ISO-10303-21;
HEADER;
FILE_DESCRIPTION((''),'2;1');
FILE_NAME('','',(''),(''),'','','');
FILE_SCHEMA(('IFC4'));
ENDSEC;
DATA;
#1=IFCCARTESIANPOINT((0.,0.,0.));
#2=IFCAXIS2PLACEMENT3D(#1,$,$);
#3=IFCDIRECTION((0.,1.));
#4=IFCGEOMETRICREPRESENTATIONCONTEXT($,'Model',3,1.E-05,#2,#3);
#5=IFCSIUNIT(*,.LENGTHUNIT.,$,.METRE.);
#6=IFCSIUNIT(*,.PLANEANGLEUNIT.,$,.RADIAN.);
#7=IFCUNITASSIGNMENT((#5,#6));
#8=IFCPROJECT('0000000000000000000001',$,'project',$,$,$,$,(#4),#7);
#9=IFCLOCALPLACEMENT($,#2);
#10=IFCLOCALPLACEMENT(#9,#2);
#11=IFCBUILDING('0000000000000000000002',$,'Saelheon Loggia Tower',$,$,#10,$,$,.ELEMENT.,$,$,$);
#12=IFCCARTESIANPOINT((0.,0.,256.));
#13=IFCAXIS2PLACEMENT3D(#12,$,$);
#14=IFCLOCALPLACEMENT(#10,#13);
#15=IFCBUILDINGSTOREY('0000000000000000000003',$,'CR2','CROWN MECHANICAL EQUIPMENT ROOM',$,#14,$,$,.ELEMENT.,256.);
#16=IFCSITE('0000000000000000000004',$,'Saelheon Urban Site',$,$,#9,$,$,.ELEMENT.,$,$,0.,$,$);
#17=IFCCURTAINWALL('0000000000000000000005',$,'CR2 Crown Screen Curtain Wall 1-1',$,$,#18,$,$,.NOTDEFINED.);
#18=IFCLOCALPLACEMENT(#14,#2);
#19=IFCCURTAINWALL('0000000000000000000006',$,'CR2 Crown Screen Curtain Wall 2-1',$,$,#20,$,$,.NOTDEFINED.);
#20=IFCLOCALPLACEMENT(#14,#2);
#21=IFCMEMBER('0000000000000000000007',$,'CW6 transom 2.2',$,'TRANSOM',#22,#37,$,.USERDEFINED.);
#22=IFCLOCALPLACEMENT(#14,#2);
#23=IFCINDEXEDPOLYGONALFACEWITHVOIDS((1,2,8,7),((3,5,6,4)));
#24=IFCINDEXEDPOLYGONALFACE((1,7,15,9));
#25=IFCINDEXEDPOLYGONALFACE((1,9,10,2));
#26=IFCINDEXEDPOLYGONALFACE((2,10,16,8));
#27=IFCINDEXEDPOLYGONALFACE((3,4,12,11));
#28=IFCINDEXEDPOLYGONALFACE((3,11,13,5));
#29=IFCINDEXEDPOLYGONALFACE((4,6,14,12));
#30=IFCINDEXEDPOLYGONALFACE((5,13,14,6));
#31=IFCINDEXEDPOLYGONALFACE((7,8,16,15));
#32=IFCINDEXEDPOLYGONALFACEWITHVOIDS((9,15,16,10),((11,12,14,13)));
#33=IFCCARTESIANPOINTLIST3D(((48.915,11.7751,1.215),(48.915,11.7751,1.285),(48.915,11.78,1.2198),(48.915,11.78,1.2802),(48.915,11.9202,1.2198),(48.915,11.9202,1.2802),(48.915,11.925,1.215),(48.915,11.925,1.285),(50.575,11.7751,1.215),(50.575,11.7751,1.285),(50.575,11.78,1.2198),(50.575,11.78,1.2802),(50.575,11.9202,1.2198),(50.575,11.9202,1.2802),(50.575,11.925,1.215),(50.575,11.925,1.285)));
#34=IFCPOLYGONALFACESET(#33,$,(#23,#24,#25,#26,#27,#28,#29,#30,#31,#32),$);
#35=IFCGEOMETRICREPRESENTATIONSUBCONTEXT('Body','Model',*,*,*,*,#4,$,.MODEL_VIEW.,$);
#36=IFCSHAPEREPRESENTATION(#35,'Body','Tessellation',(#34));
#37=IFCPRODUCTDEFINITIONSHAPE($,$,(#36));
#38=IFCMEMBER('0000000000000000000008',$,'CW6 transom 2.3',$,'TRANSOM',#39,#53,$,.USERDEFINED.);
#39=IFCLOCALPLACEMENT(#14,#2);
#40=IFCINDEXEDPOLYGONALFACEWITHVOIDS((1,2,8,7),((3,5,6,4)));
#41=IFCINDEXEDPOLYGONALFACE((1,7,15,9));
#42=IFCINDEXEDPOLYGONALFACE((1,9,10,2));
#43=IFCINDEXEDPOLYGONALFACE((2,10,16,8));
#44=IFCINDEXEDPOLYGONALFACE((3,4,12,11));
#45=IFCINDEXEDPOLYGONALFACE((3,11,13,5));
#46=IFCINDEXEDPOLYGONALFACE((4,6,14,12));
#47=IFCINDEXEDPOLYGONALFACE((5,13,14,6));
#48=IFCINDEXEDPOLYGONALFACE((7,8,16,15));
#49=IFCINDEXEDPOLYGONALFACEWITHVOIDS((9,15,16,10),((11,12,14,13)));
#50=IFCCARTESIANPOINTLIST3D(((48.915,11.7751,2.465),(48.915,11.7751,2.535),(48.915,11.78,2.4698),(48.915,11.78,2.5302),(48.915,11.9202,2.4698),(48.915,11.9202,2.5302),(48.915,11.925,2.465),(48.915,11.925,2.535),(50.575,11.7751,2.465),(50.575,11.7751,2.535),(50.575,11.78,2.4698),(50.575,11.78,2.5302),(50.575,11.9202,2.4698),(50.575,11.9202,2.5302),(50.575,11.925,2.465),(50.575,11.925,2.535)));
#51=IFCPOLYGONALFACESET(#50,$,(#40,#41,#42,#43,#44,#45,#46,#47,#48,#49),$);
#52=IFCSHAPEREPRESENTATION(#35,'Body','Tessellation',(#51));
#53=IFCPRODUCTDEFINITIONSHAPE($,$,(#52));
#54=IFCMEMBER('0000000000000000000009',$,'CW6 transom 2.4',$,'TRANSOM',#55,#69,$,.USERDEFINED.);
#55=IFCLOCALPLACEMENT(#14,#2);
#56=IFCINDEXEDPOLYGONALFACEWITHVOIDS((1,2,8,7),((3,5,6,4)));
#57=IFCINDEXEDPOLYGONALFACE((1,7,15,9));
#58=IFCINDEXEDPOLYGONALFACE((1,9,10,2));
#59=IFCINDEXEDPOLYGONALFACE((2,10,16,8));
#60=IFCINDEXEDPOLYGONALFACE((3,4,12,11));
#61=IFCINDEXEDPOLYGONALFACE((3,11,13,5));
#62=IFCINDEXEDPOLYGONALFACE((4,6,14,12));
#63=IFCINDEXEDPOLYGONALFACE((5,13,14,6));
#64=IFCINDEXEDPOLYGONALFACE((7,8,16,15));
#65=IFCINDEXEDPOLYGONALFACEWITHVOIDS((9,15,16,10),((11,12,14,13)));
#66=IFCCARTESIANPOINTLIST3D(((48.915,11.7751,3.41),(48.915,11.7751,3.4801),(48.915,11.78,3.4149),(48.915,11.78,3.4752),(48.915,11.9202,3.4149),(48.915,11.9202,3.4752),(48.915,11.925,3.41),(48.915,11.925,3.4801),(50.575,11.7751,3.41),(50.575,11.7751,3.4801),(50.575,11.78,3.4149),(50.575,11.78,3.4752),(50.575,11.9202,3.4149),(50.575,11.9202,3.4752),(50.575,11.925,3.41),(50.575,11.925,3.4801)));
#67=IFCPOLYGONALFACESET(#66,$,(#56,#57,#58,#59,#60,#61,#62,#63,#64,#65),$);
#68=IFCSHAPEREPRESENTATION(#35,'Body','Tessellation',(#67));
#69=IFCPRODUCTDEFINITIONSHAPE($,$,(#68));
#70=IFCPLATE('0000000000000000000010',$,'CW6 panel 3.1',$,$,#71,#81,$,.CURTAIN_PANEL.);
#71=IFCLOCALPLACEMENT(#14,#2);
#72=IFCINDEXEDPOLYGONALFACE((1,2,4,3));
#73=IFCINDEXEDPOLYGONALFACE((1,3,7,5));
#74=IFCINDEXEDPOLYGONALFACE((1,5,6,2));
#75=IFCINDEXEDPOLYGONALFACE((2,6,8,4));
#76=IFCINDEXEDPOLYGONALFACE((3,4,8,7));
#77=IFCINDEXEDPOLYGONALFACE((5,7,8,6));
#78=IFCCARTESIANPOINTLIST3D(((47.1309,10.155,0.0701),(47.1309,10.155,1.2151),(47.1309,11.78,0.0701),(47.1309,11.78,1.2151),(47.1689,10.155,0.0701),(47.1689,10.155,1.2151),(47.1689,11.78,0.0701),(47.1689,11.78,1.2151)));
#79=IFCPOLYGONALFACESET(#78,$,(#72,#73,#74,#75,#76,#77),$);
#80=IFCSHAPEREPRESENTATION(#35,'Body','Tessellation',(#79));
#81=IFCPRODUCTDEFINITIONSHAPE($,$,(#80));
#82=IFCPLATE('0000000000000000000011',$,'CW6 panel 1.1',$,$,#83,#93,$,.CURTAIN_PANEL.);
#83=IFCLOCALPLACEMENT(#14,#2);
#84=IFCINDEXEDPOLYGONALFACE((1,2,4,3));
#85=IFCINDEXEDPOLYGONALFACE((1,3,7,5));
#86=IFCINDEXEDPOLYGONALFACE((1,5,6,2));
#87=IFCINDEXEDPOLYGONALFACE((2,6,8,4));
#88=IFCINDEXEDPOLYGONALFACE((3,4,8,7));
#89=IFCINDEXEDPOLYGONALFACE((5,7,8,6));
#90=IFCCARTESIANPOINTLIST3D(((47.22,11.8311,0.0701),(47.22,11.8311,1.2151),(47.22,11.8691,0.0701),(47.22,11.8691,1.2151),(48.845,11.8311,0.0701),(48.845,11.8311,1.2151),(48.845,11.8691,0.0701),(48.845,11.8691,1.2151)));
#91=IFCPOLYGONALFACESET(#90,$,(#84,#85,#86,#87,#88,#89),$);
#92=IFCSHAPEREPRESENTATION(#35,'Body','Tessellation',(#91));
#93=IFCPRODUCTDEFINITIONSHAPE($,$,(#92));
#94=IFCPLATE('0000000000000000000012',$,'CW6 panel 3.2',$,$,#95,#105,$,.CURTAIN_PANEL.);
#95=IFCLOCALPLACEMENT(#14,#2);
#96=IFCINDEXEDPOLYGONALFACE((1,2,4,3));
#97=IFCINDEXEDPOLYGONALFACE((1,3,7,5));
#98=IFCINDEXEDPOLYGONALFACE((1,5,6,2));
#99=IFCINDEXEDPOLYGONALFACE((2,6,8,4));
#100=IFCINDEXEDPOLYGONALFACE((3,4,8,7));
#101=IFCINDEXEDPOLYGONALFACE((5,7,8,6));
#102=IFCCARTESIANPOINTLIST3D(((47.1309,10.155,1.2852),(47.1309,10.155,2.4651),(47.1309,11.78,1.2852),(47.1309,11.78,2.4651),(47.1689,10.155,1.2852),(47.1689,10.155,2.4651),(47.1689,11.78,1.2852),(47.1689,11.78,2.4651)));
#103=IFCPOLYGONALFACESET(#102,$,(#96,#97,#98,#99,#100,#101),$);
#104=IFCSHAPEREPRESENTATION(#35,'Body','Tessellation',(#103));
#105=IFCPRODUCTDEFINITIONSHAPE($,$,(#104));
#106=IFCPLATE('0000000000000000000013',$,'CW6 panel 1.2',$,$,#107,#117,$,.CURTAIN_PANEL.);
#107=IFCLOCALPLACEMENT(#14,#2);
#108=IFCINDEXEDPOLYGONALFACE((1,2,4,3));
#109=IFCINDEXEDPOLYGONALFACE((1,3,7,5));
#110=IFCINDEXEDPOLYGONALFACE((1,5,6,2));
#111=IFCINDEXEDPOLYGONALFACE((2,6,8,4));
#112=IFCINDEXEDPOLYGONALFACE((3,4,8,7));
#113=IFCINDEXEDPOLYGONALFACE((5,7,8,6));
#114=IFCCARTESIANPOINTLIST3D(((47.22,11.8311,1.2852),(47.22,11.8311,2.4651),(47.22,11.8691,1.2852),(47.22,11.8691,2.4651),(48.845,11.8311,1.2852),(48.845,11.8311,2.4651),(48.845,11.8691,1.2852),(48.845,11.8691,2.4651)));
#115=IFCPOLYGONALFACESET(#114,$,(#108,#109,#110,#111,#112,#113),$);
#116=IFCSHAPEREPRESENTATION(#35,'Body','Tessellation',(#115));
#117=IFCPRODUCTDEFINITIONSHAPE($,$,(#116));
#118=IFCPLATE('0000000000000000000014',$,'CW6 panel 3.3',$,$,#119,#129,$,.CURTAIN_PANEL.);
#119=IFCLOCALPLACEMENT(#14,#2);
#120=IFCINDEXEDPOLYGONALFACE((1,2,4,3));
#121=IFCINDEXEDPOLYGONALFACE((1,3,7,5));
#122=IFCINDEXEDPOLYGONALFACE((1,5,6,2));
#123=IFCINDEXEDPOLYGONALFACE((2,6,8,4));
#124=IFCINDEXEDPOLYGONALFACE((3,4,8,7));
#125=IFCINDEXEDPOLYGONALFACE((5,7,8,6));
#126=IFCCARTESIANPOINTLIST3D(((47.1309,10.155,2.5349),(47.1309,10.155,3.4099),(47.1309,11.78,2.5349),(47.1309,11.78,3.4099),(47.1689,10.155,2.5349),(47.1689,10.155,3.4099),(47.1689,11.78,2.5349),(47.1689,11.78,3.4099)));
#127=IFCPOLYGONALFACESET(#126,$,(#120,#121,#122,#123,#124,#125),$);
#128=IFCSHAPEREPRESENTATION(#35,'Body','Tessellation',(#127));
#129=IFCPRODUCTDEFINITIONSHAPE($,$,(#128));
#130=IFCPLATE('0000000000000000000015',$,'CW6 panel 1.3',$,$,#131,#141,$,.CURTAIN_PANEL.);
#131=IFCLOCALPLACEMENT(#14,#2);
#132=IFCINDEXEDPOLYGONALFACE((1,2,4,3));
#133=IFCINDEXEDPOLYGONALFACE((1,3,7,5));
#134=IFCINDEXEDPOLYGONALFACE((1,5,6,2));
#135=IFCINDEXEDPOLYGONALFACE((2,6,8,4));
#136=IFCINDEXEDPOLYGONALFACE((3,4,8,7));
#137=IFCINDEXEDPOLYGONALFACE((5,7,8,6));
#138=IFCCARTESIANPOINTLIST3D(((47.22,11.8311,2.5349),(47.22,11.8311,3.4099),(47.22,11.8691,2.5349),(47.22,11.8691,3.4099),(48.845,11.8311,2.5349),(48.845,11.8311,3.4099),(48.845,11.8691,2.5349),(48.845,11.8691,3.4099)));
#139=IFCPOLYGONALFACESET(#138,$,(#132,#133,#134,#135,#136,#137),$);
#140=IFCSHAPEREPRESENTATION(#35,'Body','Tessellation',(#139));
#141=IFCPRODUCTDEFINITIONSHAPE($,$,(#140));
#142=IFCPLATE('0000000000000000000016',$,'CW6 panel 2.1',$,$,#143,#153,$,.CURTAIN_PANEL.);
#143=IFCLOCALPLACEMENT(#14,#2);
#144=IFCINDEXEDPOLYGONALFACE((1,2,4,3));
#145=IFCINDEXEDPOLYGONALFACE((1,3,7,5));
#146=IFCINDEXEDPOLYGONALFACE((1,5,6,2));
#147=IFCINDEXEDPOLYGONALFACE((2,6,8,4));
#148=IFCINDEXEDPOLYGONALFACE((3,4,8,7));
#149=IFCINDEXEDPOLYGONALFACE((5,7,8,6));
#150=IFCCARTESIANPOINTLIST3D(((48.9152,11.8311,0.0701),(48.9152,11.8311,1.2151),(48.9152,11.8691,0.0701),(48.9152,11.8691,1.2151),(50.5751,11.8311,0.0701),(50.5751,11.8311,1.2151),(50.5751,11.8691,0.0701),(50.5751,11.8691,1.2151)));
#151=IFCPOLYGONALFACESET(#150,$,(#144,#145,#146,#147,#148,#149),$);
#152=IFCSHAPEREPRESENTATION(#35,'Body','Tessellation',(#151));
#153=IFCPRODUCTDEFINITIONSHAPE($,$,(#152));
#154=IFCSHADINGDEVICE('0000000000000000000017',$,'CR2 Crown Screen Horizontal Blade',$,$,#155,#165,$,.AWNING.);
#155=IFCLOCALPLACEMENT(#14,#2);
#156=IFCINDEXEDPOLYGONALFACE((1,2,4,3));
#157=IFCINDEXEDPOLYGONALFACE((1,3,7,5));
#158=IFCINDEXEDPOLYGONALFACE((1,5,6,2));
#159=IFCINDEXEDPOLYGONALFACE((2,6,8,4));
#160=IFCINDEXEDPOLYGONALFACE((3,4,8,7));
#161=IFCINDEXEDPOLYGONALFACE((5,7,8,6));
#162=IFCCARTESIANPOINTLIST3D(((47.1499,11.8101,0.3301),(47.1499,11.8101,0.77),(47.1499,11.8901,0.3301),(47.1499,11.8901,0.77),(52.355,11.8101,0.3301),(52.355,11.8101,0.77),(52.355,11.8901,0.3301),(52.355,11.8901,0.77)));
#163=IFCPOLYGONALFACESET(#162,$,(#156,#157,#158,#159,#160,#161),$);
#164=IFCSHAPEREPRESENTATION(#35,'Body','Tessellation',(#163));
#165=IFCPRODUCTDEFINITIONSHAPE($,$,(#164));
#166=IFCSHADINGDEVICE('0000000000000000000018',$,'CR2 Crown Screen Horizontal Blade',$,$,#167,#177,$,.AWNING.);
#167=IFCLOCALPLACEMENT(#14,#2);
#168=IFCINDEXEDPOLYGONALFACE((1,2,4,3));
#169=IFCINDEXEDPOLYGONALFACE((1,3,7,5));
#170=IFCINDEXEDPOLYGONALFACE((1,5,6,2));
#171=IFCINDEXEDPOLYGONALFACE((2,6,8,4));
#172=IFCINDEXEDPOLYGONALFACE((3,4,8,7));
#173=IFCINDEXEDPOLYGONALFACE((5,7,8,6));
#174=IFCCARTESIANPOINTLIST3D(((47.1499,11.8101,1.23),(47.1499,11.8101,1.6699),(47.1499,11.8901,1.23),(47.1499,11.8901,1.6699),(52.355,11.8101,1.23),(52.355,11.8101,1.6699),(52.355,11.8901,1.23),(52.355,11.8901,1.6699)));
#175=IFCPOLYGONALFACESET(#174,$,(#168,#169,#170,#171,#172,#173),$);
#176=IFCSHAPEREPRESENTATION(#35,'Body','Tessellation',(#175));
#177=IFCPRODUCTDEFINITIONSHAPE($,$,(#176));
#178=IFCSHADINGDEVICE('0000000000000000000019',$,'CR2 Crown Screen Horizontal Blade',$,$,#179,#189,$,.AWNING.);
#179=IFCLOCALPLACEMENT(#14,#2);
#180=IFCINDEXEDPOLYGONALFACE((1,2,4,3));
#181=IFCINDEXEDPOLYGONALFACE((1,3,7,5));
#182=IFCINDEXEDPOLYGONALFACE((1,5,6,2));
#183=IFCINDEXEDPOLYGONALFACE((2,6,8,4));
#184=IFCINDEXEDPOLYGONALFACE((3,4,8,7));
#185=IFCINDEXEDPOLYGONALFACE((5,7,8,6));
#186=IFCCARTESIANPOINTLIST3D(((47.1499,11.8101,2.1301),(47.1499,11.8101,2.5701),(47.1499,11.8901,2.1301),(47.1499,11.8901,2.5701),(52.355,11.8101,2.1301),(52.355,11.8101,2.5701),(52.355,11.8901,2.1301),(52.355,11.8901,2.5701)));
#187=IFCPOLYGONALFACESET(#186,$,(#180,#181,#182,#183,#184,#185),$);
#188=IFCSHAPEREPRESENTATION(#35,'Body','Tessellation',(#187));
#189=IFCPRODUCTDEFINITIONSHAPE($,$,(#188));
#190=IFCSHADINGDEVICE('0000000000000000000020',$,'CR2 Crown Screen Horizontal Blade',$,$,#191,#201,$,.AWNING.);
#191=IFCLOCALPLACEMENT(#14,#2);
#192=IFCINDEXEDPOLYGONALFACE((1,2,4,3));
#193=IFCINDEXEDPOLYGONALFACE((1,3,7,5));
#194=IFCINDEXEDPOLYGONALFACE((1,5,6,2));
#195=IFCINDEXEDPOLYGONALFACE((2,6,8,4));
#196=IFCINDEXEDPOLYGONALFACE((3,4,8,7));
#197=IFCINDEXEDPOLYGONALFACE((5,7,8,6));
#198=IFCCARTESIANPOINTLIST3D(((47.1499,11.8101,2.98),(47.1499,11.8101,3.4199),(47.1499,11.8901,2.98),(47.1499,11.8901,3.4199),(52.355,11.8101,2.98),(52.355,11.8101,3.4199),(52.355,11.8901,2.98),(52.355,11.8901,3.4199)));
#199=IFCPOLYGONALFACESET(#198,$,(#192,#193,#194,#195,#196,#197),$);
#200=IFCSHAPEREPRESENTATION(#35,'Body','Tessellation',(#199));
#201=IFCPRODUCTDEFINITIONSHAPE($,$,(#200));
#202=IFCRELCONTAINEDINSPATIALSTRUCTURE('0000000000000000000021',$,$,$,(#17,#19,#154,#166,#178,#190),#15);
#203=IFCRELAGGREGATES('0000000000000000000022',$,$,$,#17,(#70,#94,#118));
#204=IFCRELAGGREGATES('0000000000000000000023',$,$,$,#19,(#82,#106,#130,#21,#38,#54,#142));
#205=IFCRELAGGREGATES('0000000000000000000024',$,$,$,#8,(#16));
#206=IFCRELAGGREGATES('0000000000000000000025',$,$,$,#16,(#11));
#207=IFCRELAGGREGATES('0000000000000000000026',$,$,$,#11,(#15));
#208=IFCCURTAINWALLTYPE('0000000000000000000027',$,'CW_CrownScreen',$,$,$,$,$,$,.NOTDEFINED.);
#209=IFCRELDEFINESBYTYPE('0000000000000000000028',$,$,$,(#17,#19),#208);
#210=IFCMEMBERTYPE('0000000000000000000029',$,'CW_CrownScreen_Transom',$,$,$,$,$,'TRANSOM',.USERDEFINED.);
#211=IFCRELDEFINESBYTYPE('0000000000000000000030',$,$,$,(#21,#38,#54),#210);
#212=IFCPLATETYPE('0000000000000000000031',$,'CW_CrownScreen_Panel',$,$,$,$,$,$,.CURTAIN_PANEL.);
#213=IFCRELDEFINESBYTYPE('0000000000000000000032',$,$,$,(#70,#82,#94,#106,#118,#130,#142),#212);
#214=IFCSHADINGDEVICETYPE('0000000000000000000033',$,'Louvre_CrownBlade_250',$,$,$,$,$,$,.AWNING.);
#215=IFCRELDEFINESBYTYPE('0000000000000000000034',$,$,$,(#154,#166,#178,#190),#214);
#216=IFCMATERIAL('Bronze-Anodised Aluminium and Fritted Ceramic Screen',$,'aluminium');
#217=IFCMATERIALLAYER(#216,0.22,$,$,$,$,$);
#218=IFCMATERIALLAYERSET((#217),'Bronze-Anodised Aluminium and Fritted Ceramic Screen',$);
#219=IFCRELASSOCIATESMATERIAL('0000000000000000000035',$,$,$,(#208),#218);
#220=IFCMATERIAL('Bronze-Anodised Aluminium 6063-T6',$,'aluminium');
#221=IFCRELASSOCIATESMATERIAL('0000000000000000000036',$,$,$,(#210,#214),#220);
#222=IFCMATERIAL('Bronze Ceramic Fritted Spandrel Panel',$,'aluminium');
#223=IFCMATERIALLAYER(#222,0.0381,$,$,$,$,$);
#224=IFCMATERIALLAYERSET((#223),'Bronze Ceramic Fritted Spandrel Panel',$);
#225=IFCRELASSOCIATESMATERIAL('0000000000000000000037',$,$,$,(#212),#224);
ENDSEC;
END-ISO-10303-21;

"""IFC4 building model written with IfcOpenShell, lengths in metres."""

from ifc_helpers import new_model, si_unit, direction, frame, origin, origin_2d, place, context, subcontext, project, spatial, rectangle, hollow_rectangle, extrude, source, transform, mapped, material, layer, layer_set, material_profile, profile_set, type_object, element, aggregate, save


model = new_model("IFC4")

# Units and contexts
model_context = context("Model", 3, precision=1e-05, world=origin(), true_north=direction((0.0, 1.0)))
body_context = subcontext(model_context, "Body", "Model", "MODEL_VIEW")
ifc_project = project(units=[si_unit("LENGTHUNIT", "METRE"), si_unit("PLANEANGLEUNIT", "RADIAN")], contexts=[model_context])

# Site, building, storey
site_placement = place(None, origin())
site = spatial("IfcSite", under=ifc_project, at=site_placement, Name="Saelheon Urban Site", CompositionType="ELEMENT", RefElevation=0.0)
building_placement = place(site_placement, origin())
building = spatial("IfcBuilding", under=site, at=building_placement, Name="Saelheon Loggia Tower", CompositionType="ELEMENT")
storey_placement = place(building_placement, frame((0.0, 0.0, 256.0)))
storey = spatial("IfcBuildingStorey", under=building, at=storey_placement, Name="CR2", Description="CROWN MECHANICAL EQUIPMENT ROOM", CompositionType="ELEMENT", Elevation=256.0)

# Curtain wall
ifc_material_1 = material(Name="Bronze-Anodised Aluminium and Fritted Ceramic Screen", Category="aluminium")
ifc_layer_1 = layer(ifc_material_1, 0.22)
ifc_layer_set_1 = layer_set([ifc_layer_1], Name="Bronze-Anodised Aluminium and Fritted Ceramic Screen")
curtain_wall_type = type_object("IfcCurtainWallType", Name="CW_CrownScreen", PredefinedType="NOTDEFINED", material=ifc_layer_set_1)
curtain_wall_1_placement = place(storey_placement, origin())
curtain_wall_1 = element("IfcCurtainWall", 1, at=curtain_wall_1_placement, inside=storey, type_object=curtain_wall_type, Name="CR2 Crown Screen Curtain Wall 1-1", PredefinedType="NOTDEFINED")
ifc_material_2 = material(Name="Bronze-Anodised Aluminium 6063-T6", Category="aluminium")

# Curtain wall
curtain_wall_2_placement = place(storey_placement, origin())
curtain_wall_2 = element("IfcCurtainWall", 2, at=curtain_wall_2_placement, inside=storey, type_object=curtain_wall_type, Name="CR2 Crown Screen Curtain Wall 2-1", PredefinedType="NOTDEFINED")

# Members
ifc_material_profile_1 = material_profile(ifc_material_2, hollow_rectangle(XDim=0.0701, YDim=0.1499, WallThickness=0.0049, at=origin_2d()), Name="RHS-150x70x5")
ifc_profile_set_1 = profile_set([ifc_material_profile_1], Name="Bronze-Anodised Aluminium 6063-T6")
member_type_1 = type_object("IfcMemberType", Name="CW_CrownScreen_Transom", ElementType="TRANSOM", PredefinedType="USERDEFINED", material=ifc_profile_set_1)
shared_shape_1 = source(origin(), body_context, "Body", "SweptSolid", [
    extrude(hollow_rectangle(XDim=0.0701, YDim=0.1499, WallThickness=0.0049, at=origin_2d()), origin(), (0.0, 0.0, 1.0), 1.6599),
])
member_1_placement = place(storey_placement, frame((48.915, 11.8501, 1.25), z_axis=(1.0, 0.0, 0.0), x_axis=(0.0, 0.0, 1.0)))
member_1 = element("IfcMember", 3, at=member_1_placement, type_object=member_type_1, Name="CW6 transom 2.2", ObjectType="TRANSOM", PredefinedType="USERDEFINED", context=body_context, shape_type="MappedRepresentation", body=[
    mapped(shared_shape_1, transform((0.0, 0.0, 0.0), scale=1.0)),
])
member_2_placement = place(storey_placement, frame((48.915, 11.8501, 2.5), z_axis=(1.0, 0.0, 0.0), x_axis=(0.0, 0.0, 1.0)))
member_2 = element("IfcMember", 4, at=member_2_placement, type_object=member_type_1, Name="CW6 transom 2.3", ObjectType="TRANSOM", PredefinedType="USERDEFINED", context=body_context, shape_type="MappedRepresentation", body=[
    mapped(shared_shape_1, transform((0.0, 0.0, 0.0), scale=1.0)),
])
member_3_placement = place(storey_placement, frame((48.915, 11.8501, 3.4451), z_axis=(1.0, 0.0, 0.0), x_axis=(0.0, 0.0, 1.0)))
member_3 = element("IfcMember", 5, at=member_3_placement, type_object=member_type_1, Name="CW6 transom 2.4", ObjectType="TRANSOM", PredefinedType="USERDEFINED", context=body_context, shape_type="MappedRepresentation", body=[
    mapped(shared_shape_1, transform((0.0, 0.0, 0.0), scale=1.0)),
])

# Plates
ifc_material_3 = material(Name="Bronze Ceramic Fritted Spandrel Panel", Category="aluminium")
ifc_layer_2 = layer(ifc_material_3, 0.0381)
ifc_layer_set_2 = layer_set([ifc_layer_2], Name="Bronze Ceramic Fritted Spandrel Panel")
plate_type = type_object("IfcPlateType", Name="CW_CrownScreen_Panel", PredefinedType="CURTAIN_PANEL", material=ifc_layer_set_2)
shared_shape_2 = source(origin(), body_context, "Body", "SweptSolid", [
    extrude(rectangle(XDim=1.625, YDim=0.0381, at=origin_2d()), origin(), (0.0, 0.0, 1.0), 1.145),
])
plate_1_placement = place(storey_placement, frame((47.1499, 10.9675, 0.0701), z_axis=(0.0, 0.0, 1.0), x_axis=(0.0, 1.0, 0.0)))
plate_1 = element("IfcPlate", 6, at=plate_1_placement, type_object=plate_type, Name="CW6 panel 3.1", PredefinedType="CURTAIN_PANEL", context=body_context, shape_type="MappedRepresentation", body=[
    mapped(shared_shape_2, transform((0.0, 0.0, 0.0), scale=1.0)),
])
plate_2_placement = place(storey_placement, frame((48.0325, 11.8501, 0.0701), z_axis=(0.0, 0.0, 1.0), x_axis=(1.0, 0.0, 0.0)))
plate_2 = element("IfcPlate", 7, at=plate_2_placement, type_object=plate_type, Name="CW6 panel 1.1", PredefinedType="CURTAIN_PANEL", context=body_context, shape_type="MappedRepresentation", body=[
    mapped(shared_shape_2, transform((0.0, 0.0, 0.0), scale=1.0)),
])
shared_shape_3 = source(origin(), body_context, "Body", "SweptSolid", [
    extrude(rectangle(XDim=1.625, YDim=0.0381, at=origin_2d()), origin(), (0.0, 0.0, 1.0), 1.1799),
])
plate_3_placement = place(storey_placement, frame((47.1499, 10.9675, 1.2852), z_axis=(0.0, 0.0, 1.0), x_axis=(0.0, 1.0, 0.0)))
plate_3 = element("IfcPlate", 8, at=plate_3_placement, type_object=plate_type, Name="CW6 panel 3.2", PredefinedType="CURTAIN_PANEL", context=body_context, shape_type="MappedRepresentation", body=[
    mapped(shared_shape_3, transform((0.0, 0.0, 0.0), scale=1.0)),
])
plate_4_placement = place(storey_placement, frame((48.0325, 11.8501, 1.2852), z_axis=(0.0, 0.0, 1.0), x_axis=(1.0, 0.0, 0.0)))
plate_4 = element("IfcPlate", 9, at=plate_4_placement, type_object=plate_type, Name="CW6 panel 1.2", PredefinedType="CURTAIN_PANEL", context=body_context, shape_type="MappedRepresentation", body=[
    mapped(shared_shape_3, transform((0.0, 0.0, 0.0), scale=1.0)),
])
shared_shape_4 = source(origin(), body_context, "Body", "SweptSolid", [
    extrude(rectangle(XDim=1.625, YDim=0.0381, at=origin_2d()), origin(), (0.0, 0.0, 1.0), 0.875),
])
plate_5_placement = place(storey_placement, frame((47.1499, 10.9675, 2.5349), z_axis=(0.0, 0.0, 1.0), x_axis=(0.0, 1.0, 0.0)))
plate_5 = element("IfcPlate", 10, at=plate_5_placement, type_object=plate_type, Name="CW6 panel 3.3", PredefinedType="CURTAIN_PANEL", context=body_context, shape_type="MappedRepresentation", body=[
    mapped(shared_shape_4, transform((0.0, 0.0, 0.0), scale=1.0)),
])
aggregate(curtain_wall_1, [plate_1, plate_3, plate_5])
plate_6_placement = place(storey_placement, frame((48.0325, 11.8501, 2.5349), z_axis=(0.0, 0.0, 1.0), x_axis=(1.0, 0.0, 0.0)))
plate_6 = element("IfcPlate", 11, at=plate_6_placement, type_object=plate_type, Name="CW6 panel 1.3", PredefinedType="CURTAIN_PANEL", context=body_context, shape_type="MappedRepresentation", body=[
    mapped(shared_shape_4, transform((0.0, 0.0, 0.0), scale=1.0)),
])
shared_shape_5 = source(origin(), body_context, "Body", "SweptSolid", [
    extrude(rectangle(XDim=1.6599, YDim=0.0381, at=origin_2d()), origin(), (0.0, 0.0, 1.0), 1.145),
])
plate_7_placement = place(storey_placement, frame((49.7451, 11.8501, 0.0701), z_axis=(0.0, 0.0, 1.0), x_axis=(1.0, 0.0, 0.0)))
plate_7 = element("IfcPlate", 12, at=plate_7_placement, type_object=plate_type, Name="CW6 panel 2.1", PredefinedType="CURTAIN_PANEL", context=body_context, shape_type="MappedRepresentation", body=[
    mapped(shared_shape_5, transform((0.0, 0.0, 0.0), scale=1.0)),
])
aggregate(curtain_wall_2, [plate_2, plate_4, plate_6, member_1, member_2, member_3, plate_7])

# Shading devices
ifc_material_profile_2 = material_profile(ifc_material_2, rectangle(XDim=0.0801, YDim=0.4399, at=origin_2d()), Name="Louvre_CrownBlade_250")
ifc_profile_set_2 = profile_set([ifc_material_profile_2], Name="Bronze-Anodised Aluminium 6063-T6")
shading_device_type = type_object("IfcShadingDeviceType", Name="Louvre_CrownBlade_250", PredefinedType="AWNING", material=ifc_profile_set_2)
shared_shape_6 = source(origin(), body_context, "Body", "SweptSolid", [
    extrude(rectangle(XDim=0.0801, YDim=0.4399, at=origin_2d()), origin(), (0.0, 0.0, 1.0), 5.2051),
])
for number, where, z_axis, x_axis, name in (
    (13, (47.1499, 11.8501, 0.55), (1.0, 0.0, 0.0), (0.0, 1.0, 0.0), "CR2 Crown Screen Horizontal Blade"),
    (14, (47.1499, 11.8501, 1.45), (1.0, 0.0, 0.0), (0.0, 1.0, 0.0), "CR2 Crown Screen Horizontal Blade"),
    (15, (47.1499, 11.8501, 2.3501), (1.0, 0.0, 0.0), (0.0, 1.0, 0.0), "CR2 Crown Screen Horizontal Blade"),
    (16, (47.1499, 11.8501, 3.2), (1.0, 0.0, 0.0), (0.0, 1.0, 0.0), "CR2 Crown Screen Horizontal Blade"),
):
    element("IfcShadingDevice", number, at=place(storey_placement, frame(where, z_axis=z_axis, x_axis=x_axis)), inside=storey, type_object=shading_device_type, Name=name, PredefinedType="AWNING", context=body_context, shape_type="MappedRepresentation", body=[
        mapped(shared_shape_6, transform((0.0, 0.0, 0.0), scale=1.0)),
    ])

save(model, "model.ifc")
